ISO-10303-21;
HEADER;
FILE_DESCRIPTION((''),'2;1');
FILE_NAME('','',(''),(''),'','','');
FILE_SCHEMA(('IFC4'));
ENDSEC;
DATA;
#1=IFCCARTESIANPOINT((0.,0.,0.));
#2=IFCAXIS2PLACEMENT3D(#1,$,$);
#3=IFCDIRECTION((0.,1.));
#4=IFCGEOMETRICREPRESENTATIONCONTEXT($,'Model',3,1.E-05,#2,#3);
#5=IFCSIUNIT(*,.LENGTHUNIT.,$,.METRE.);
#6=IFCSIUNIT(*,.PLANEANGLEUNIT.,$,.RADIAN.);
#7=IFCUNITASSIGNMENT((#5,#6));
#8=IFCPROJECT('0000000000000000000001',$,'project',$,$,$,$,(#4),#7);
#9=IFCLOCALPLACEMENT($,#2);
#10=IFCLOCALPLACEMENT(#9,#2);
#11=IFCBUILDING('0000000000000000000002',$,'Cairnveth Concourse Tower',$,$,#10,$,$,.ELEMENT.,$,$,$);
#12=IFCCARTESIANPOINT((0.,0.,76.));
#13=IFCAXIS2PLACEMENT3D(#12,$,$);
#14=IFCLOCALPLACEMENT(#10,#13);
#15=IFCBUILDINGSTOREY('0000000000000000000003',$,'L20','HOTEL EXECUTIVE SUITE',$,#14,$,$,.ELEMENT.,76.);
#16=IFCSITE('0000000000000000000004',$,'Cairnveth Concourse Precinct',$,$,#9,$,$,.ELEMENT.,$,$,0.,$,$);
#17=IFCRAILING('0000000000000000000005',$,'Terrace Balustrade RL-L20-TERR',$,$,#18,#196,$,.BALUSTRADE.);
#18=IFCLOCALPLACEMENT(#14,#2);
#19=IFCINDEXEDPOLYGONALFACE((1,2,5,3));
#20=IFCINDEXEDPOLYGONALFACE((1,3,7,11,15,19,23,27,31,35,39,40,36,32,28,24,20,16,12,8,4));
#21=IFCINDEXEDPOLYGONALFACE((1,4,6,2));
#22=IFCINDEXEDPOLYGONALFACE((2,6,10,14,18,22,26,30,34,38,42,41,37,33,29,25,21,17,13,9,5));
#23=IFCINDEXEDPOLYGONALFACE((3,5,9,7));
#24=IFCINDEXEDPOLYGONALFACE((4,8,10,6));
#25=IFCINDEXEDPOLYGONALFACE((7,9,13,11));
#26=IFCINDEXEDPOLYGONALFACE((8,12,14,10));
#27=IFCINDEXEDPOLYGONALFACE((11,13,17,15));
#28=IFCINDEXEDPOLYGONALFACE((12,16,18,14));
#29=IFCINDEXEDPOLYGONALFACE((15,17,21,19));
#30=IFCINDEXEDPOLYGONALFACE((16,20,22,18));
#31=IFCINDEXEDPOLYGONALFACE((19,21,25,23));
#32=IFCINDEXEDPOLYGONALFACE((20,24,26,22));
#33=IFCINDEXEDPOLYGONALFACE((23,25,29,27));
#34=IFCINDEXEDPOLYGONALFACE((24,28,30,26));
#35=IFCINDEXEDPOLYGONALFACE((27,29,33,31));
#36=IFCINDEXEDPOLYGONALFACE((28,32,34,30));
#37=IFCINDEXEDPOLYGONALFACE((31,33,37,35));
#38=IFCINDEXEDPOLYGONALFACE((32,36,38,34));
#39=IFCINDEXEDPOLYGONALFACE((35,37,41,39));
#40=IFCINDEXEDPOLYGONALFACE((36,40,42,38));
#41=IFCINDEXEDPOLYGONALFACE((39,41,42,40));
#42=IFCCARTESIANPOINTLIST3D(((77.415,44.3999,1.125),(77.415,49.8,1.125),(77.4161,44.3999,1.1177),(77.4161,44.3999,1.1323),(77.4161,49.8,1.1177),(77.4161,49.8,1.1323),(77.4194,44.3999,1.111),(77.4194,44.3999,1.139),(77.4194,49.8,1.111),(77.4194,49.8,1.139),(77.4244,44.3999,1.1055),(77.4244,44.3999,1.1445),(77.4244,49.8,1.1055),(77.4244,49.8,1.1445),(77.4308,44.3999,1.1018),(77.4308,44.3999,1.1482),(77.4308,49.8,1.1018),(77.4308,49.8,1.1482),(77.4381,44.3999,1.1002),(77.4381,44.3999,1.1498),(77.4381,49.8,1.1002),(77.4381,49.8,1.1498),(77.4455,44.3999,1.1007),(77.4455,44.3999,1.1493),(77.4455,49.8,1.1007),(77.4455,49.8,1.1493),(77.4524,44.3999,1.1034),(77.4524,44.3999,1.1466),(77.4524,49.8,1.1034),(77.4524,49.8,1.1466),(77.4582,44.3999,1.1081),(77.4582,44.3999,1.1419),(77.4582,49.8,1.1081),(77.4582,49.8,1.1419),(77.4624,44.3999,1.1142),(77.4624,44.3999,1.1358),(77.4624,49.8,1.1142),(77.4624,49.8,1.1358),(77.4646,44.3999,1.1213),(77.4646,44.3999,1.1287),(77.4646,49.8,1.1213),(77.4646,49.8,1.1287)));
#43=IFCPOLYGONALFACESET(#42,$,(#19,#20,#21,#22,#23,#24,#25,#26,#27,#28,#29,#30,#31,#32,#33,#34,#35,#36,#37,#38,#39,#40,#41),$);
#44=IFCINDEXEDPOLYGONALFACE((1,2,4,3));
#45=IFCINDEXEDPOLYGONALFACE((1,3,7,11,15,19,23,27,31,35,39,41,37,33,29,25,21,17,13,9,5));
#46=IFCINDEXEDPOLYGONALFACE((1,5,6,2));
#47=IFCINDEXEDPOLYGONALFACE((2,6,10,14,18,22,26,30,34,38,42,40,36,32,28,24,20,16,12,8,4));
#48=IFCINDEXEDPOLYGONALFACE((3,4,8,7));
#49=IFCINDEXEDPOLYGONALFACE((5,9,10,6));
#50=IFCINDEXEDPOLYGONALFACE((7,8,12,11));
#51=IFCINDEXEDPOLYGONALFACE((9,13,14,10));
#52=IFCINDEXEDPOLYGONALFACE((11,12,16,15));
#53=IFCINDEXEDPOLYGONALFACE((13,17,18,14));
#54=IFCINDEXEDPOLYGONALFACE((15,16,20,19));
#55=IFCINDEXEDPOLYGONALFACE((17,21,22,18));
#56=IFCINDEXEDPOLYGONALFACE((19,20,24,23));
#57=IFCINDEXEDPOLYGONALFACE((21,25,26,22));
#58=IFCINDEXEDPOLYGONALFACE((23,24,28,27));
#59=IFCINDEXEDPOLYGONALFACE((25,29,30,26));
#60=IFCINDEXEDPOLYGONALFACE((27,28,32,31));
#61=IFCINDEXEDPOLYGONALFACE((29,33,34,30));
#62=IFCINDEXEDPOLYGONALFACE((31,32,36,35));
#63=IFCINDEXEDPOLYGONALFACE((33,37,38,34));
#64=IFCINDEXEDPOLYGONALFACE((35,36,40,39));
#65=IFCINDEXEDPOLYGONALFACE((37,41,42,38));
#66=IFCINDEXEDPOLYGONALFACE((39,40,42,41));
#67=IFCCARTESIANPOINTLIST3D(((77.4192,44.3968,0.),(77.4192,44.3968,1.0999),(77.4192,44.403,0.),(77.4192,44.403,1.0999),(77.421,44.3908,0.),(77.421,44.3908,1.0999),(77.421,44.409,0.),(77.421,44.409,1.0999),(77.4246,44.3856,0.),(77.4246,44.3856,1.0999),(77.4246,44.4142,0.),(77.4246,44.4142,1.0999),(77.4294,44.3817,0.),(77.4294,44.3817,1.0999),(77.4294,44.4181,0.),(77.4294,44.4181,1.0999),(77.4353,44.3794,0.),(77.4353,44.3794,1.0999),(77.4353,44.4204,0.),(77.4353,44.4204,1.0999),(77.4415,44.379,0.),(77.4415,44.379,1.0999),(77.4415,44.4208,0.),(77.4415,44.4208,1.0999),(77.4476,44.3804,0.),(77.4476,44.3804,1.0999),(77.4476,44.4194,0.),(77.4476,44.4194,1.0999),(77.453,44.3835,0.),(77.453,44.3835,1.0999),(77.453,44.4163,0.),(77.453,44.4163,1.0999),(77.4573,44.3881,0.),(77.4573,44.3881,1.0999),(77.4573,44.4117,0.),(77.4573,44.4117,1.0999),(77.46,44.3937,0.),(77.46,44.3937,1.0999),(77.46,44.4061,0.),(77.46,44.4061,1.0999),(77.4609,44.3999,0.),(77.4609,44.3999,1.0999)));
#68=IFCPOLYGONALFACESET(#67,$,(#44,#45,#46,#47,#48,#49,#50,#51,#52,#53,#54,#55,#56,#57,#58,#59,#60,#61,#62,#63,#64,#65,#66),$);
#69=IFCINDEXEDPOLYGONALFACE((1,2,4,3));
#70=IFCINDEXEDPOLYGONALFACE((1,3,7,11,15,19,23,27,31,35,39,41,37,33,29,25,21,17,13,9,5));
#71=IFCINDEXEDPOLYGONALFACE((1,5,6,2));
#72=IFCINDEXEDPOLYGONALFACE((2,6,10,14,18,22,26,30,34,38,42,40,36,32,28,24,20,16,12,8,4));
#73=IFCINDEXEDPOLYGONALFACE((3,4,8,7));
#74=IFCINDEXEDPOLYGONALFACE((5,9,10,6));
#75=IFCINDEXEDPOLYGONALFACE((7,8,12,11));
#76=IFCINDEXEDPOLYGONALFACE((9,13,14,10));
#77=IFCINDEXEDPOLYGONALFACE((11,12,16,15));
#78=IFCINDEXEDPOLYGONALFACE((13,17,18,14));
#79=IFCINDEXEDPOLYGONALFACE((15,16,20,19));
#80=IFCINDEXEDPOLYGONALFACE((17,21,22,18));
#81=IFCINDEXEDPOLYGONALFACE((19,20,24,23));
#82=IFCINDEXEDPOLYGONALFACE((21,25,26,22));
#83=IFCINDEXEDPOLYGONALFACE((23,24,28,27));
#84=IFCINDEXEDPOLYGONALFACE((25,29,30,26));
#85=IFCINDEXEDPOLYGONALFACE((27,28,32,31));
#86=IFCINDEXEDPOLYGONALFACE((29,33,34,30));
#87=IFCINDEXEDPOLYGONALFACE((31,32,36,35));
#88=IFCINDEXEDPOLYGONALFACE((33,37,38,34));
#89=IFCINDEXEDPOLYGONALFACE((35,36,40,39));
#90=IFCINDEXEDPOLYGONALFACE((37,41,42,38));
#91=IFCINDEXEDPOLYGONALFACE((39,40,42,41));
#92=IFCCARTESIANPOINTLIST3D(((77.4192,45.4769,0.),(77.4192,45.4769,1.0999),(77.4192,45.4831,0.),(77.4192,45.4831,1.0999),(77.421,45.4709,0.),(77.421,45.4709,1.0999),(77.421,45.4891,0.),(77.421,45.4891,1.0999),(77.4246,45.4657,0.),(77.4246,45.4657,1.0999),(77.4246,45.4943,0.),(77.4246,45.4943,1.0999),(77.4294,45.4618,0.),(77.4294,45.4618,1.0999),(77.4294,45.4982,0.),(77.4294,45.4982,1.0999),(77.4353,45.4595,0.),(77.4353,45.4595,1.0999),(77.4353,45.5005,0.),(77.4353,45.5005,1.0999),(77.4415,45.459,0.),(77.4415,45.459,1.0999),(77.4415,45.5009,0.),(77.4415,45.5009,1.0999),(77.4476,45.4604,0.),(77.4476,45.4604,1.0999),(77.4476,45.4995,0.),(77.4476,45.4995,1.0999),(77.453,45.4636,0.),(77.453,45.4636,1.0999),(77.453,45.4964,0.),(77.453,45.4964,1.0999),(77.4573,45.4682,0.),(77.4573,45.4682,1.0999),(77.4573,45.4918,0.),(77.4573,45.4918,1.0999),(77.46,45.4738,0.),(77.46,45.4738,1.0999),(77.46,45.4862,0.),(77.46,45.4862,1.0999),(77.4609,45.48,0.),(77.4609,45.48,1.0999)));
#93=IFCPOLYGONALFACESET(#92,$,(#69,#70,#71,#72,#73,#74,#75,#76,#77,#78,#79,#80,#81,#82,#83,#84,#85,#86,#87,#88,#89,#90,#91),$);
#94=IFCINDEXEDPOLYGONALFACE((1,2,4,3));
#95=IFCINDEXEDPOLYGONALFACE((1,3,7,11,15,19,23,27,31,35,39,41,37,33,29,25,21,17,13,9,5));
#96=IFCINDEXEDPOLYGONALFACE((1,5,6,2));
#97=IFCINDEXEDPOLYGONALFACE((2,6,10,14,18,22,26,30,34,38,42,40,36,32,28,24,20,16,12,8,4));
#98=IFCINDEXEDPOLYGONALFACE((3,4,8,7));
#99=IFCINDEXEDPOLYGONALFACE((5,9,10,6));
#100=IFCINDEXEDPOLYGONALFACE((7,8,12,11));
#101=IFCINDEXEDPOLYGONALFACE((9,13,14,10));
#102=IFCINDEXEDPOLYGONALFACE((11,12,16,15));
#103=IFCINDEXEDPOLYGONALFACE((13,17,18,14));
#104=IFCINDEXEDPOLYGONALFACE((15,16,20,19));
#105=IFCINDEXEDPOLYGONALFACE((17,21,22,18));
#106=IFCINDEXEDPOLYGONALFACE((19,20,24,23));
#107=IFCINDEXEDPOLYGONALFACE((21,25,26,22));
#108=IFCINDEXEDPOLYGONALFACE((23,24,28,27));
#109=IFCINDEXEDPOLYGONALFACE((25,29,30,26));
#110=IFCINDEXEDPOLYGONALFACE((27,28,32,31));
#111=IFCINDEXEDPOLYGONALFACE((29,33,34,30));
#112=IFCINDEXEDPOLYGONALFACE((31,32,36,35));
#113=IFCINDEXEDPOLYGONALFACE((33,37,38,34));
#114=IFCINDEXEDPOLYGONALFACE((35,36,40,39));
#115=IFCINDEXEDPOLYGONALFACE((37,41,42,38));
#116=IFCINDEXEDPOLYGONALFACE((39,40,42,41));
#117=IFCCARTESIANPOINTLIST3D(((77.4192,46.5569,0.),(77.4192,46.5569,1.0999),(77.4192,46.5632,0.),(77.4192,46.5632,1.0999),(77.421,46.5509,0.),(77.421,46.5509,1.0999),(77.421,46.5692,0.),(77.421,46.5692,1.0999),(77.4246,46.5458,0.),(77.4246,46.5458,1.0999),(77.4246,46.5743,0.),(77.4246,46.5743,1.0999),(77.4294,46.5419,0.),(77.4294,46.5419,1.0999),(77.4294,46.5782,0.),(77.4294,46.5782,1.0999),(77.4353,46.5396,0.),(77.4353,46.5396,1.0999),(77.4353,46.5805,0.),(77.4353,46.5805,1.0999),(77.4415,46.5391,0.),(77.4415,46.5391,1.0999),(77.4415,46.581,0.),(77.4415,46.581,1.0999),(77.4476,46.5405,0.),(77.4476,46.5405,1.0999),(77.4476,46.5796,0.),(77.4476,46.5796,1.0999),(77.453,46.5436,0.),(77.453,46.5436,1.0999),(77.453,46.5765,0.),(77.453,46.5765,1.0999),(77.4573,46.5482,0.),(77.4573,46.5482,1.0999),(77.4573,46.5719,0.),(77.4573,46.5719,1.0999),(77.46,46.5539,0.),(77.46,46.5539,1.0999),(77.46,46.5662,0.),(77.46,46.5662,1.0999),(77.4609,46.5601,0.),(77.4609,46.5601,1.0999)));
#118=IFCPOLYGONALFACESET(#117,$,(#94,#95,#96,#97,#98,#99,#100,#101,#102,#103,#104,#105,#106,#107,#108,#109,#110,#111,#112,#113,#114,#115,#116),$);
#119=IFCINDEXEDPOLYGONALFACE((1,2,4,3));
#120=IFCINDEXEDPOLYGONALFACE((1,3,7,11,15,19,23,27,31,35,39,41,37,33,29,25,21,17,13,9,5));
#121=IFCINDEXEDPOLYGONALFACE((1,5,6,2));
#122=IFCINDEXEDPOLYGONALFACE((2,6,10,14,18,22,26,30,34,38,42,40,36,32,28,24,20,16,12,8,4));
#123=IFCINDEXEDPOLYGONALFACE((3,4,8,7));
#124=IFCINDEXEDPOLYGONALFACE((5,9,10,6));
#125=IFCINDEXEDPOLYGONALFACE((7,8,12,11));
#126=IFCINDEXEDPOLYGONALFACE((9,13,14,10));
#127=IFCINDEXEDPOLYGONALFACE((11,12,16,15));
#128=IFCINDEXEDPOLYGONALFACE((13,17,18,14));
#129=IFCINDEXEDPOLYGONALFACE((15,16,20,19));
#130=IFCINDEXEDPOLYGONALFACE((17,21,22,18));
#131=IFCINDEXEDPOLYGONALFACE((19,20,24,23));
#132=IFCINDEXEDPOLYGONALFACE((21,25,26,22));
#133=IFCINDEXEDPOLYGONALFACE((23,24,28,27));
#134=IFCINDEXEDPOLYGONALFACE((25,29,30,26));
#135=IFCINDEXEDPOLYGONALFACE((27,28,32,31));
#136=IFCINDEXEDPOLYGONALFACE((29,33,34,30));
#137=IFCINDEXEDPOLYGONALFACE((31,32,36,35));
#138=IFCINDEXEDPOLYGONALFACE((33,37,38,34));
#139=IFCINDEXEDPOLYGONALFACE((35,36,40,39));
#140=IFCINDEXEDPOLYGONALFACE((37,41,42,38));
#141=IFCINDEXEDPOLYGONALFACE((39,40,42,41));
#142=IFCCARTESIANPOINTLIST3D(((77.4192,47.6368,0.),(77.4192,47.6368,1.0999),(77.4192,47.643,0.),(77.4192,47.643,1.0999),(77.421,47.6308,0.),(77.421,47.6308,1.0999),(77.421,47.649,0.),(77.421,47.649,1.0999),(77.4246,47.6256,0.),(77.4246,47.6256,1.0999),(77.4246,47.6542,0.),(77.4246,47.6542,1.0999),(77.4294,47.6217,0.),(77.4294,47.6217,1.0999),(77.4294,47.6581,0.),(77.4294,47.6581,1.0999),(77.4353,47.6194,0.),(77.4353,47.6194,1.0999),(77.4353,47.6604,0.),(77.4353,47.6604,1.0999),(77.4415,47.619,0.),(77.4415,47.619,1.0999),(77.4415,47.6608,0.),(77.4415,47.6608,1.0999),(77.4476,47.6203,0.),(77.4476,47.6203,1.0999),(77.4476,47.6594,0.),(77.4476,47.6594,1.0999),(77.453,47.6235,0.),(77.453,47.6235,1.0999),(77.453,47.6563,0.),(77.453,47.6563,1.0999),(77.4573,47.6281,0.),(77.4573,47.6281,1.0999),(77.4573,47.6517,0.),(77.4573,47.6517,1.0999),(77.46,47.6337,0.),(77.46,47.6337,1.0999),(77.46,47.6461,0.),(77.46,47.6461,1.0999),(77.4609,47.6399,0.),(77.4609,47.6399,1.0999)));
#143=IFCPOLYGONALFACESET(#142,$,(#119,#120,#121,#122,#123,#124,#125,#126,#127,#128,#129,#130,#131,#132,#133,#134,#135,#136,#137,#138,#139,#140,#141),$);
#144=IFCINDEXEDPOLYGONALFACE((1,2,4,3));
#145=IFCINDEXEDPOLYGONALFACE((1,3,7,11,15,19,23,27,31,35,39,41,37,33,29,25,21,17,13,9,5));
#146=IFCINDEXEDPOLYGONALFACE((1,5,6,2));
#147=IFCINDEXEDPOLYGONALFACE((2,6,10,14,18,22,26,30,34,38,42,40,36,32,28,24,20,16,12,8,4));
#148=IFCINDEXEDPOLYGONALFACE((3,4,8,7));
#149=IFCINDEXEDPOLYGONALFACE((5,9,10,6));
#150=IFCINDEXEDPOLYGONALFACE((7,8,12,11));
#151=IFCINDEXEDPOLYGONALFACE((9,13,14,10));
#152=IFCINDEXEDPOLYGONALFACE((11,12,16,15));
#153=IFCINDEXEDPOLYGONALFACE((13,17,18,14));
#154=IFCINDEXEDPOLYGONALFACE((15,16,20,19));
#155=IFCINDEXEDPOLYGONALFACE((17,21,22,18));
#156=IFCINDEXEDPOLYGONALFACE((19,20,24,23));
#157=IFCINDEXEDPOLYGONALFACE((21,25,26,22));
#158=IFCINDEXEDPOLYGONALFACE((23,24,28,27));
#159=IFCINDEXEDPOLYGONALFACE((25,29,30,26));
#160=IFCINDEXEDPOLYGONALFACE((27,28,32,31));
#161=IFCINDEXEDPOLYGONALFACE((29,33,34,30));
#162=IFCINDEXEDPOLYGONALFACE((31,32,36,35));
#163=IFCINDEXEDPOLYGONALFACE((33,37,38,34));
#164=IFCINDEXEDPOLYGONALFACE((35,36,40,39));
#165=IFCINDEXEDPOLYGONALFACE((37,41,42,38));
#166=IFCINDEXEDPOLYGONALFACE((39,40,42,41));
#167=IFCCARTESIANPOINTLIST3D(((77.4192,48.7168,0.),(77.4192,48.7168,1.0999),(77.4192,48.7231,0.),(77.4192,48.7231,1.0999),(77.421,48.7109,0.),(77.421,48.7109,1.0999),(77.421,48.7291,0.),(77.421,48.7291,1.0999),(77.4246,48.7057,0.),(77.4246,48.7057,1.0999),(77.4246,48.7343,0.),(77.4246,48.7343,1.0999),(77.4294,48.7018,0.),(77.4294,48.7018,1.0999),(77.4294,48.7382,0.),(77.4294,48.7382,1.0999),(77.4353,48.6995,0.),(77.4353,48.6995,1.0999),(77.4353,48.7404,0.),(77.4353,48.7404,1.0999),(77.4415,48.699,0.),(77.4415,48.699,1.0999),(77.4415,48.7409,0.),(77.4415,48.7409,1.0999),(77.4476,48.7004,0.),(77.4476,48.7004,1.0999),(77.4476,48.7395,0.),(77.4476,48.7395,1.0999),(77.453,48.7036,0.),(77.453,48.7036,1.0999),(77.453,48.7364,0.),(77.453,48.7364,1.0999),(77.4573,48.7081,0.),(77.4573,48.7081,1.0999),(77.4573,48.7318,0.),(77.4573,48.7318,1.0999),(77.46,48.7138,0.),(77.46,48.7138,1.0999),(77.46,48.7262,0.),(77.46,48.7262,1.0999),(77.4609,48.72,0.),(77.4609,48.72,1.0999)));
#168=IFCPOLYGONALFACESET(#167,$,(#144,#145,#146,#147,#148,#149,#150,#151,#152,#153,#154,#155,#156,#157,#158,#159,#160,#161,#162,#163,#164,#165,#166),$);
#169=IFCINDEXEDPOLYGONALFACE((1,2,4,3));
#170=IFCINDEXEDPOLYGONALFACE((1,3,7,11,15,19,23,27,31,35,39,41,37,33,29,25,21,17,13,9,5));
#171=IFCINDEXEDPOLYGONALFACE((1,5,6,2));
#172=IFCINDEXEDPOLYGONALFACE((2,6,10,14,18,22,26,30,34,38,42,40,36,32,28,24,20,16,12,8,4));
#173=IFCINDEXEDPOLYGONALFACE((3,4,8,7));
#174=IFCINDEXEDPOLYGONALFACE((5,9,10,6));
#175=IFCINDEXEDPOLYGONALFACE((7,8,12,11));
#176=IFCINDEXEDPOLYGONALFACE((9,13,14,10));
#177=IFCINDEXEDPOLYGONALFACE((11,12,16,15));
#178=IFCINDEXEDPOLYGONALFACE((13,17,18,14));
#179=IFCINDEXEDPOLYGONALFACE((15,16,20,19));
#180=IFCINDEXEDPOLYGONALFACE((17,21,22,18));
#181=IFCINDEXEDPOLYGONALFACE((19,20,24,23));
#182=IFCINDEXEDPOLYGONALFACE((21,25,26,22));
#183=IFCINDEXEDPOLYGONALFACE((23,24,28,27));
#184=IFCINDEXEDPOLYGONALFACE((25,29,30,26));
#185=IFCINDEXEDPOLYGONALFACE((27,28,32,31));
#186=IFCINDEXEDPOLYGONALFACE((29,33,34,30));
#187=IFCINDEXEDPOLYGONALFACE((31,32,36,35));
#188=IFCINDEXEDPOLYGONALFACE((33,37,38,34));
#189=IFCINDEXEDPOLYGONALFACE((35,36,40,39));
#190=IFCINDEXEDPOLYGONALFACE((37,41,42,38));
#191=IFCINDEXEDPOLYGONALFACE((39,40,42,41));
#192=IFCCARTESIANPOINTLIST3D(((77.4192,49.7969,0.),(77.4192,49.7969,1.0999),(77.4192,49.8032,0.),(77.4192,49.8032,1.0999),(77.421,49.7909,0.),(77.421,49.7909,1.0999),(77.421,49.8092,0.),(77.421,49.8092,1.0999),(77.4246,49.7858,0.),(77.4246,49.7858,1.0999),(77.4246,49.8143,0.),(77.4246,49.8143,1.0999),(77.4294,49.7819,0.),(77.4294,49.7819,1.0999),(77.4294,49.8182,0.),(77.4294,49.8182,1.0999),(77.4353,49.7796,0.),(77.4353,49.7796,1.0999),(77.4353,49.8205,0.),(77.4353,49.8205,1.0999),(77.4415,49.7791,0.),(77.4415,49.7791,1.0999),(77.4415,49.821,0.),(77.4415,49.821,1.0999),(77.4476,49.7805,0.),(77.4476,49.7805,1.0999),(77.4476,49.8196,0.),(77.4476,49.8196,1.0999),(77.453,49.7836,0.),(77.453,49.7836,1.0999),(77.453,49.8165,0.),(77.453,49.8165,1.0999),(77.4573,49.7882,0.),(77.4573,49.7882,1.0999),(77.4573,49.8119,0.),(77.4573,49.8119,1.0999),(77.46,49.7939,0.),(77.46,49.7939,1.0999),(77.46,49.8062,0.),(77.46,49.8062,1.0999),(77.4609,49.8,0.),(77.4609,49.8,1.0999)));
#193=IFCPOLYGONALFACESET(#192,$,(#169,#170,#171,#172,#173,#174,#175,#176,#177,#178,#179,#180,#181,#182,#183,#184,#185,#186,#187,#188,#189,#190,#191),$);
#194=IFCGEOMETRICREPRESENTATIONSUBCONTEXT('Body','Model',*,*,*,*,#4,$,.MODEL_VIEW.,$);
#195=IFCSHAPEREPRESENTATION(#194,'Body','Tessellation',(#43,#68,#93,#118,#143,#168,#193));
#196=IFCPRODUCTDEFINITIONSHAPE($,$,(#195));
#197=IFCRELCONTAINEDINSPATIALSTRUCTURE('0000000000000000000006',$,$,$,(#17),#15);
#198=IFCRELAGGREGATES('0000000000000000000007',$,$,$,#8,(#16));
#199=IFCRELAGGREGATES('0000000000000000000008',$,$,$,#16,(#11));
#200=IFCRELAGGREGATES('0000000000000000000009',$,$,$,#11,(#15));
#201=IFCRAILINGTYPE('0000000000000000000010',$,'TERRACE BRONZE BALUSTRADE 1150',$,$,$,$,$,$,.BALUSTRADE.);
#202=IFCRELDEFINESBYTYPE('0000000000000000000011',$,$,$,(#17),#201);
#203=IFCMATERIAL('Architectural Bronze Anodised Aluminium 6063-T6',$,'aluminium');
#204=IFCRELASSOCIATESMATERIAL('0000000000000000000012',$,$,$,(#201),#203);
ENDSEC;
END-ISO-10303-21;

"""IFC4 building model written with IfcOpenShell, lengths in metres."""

from ifc_helpers import new_model, si_unit, direction, frame, origin, origin_2d, place, context, subcontext, project, spatial, circle, extrude, material, type_object, element, save


model = new_model("IFC4")

# Units and contexts
model_context = context("Model", 3, precision=1e-05, world=origin(), true_north=direction((0.0, 1.0)))
body_context = subcontext(model_context, "Body", "Model", "MODEL_VIEW")
ifc_project = project(units=[si_unit("LENGTHUNIT", "METRE"), si_unit("PLANEANGLEUNIT", "RADIAN")], contexts=[model_context])

# Site, building, storey
site_placement = place(None, origin())
site = spatial("IfcSite", under=ifc_project, at=site_placement, Name="Cairnveth Concourse Precinct", CompositionType="ELEMENT", RefElevation=0.0)
building_placement = place(site_placement, origin())
building = spatial("IfcBuilding", under=site, at=building_placement, Name="Cairnveth Concourse Tower", CompositionType="ELEMENT")
storey_placement = place(building_placement, frame((0.0, 0.0, 76.0)))
storey = spatial("IfcBuildingStorey", under=building, at=storey_placement, Name="L20", Description="HOTEL EXECUTIVE SUITE", CompositionType="ELEMENT", Elevation=76.0)

# Shared definitions
ifc_material_1 = material(Name="Architectural Bronze Anodised Aluminium 6063-T6", Category="aluminium")

# Railing
railing_type = type_object("IfcRailingType", Name="TERRACE BRONZE BALUSTRADE 1150", PredefinedType="BALUSTRADE", material=ifc_material_1)
railing_placement = place(storey_placement, frame((77.4399, 44.3999, 0.0)))
element("IfcRailing", 1, at=railing_placement, inside=storey, type_object=railing_type, Name="Terrace Balustrade RL-L20-TERR", PredefinedType="BALUSTRADE", context=body_context, shape_type="SweptSolid", body=[
    extrude(circle(Radius=0.0249, at=origin_2d()), frame((0.0, 0.0, 1.125), z_axis=(0.0, 1.0, 0.0), x_axis=(-1.0, 0.0, 0.0)), (0.0, 0.0, 1.0), 5.4001),
    extrude(circle(Radius=0.021, at=origin_2d()), origin(), (0.0, 0.0, 1.0), 1.0999),
    extrude(circle(Radius=0.021, at=origin_2d()), frame((0.0, 1.0801, 0.0)), (0.0, 0.0, 1.0), 1.0999),
    extrude(circle(Radius=0.021, at=origin_2d()), frame((0.0, 2.1602, 0.0)), (0.0, 0.0, 1.0), 1.0999),
    extrude(circle(Radius=0.021, at=origin_2d()), frame((0.0, 3.24, 0.0)), (0.0, 0.0, 1.0), 1.0999),
    extrude(circle(Radius=0.021, at=origin_2d()), frame((0.0, 4.3201, 0.0)), (0.0, 0.0, 1.0), 1.0999),
    extrude(circle(Radius=0.021, at=origin_2d()), frame((0.0, 5.4001, 0.0)), (0.0, 0.0, 1.0), 1.0999),
])

save(model, "model.ifc")
